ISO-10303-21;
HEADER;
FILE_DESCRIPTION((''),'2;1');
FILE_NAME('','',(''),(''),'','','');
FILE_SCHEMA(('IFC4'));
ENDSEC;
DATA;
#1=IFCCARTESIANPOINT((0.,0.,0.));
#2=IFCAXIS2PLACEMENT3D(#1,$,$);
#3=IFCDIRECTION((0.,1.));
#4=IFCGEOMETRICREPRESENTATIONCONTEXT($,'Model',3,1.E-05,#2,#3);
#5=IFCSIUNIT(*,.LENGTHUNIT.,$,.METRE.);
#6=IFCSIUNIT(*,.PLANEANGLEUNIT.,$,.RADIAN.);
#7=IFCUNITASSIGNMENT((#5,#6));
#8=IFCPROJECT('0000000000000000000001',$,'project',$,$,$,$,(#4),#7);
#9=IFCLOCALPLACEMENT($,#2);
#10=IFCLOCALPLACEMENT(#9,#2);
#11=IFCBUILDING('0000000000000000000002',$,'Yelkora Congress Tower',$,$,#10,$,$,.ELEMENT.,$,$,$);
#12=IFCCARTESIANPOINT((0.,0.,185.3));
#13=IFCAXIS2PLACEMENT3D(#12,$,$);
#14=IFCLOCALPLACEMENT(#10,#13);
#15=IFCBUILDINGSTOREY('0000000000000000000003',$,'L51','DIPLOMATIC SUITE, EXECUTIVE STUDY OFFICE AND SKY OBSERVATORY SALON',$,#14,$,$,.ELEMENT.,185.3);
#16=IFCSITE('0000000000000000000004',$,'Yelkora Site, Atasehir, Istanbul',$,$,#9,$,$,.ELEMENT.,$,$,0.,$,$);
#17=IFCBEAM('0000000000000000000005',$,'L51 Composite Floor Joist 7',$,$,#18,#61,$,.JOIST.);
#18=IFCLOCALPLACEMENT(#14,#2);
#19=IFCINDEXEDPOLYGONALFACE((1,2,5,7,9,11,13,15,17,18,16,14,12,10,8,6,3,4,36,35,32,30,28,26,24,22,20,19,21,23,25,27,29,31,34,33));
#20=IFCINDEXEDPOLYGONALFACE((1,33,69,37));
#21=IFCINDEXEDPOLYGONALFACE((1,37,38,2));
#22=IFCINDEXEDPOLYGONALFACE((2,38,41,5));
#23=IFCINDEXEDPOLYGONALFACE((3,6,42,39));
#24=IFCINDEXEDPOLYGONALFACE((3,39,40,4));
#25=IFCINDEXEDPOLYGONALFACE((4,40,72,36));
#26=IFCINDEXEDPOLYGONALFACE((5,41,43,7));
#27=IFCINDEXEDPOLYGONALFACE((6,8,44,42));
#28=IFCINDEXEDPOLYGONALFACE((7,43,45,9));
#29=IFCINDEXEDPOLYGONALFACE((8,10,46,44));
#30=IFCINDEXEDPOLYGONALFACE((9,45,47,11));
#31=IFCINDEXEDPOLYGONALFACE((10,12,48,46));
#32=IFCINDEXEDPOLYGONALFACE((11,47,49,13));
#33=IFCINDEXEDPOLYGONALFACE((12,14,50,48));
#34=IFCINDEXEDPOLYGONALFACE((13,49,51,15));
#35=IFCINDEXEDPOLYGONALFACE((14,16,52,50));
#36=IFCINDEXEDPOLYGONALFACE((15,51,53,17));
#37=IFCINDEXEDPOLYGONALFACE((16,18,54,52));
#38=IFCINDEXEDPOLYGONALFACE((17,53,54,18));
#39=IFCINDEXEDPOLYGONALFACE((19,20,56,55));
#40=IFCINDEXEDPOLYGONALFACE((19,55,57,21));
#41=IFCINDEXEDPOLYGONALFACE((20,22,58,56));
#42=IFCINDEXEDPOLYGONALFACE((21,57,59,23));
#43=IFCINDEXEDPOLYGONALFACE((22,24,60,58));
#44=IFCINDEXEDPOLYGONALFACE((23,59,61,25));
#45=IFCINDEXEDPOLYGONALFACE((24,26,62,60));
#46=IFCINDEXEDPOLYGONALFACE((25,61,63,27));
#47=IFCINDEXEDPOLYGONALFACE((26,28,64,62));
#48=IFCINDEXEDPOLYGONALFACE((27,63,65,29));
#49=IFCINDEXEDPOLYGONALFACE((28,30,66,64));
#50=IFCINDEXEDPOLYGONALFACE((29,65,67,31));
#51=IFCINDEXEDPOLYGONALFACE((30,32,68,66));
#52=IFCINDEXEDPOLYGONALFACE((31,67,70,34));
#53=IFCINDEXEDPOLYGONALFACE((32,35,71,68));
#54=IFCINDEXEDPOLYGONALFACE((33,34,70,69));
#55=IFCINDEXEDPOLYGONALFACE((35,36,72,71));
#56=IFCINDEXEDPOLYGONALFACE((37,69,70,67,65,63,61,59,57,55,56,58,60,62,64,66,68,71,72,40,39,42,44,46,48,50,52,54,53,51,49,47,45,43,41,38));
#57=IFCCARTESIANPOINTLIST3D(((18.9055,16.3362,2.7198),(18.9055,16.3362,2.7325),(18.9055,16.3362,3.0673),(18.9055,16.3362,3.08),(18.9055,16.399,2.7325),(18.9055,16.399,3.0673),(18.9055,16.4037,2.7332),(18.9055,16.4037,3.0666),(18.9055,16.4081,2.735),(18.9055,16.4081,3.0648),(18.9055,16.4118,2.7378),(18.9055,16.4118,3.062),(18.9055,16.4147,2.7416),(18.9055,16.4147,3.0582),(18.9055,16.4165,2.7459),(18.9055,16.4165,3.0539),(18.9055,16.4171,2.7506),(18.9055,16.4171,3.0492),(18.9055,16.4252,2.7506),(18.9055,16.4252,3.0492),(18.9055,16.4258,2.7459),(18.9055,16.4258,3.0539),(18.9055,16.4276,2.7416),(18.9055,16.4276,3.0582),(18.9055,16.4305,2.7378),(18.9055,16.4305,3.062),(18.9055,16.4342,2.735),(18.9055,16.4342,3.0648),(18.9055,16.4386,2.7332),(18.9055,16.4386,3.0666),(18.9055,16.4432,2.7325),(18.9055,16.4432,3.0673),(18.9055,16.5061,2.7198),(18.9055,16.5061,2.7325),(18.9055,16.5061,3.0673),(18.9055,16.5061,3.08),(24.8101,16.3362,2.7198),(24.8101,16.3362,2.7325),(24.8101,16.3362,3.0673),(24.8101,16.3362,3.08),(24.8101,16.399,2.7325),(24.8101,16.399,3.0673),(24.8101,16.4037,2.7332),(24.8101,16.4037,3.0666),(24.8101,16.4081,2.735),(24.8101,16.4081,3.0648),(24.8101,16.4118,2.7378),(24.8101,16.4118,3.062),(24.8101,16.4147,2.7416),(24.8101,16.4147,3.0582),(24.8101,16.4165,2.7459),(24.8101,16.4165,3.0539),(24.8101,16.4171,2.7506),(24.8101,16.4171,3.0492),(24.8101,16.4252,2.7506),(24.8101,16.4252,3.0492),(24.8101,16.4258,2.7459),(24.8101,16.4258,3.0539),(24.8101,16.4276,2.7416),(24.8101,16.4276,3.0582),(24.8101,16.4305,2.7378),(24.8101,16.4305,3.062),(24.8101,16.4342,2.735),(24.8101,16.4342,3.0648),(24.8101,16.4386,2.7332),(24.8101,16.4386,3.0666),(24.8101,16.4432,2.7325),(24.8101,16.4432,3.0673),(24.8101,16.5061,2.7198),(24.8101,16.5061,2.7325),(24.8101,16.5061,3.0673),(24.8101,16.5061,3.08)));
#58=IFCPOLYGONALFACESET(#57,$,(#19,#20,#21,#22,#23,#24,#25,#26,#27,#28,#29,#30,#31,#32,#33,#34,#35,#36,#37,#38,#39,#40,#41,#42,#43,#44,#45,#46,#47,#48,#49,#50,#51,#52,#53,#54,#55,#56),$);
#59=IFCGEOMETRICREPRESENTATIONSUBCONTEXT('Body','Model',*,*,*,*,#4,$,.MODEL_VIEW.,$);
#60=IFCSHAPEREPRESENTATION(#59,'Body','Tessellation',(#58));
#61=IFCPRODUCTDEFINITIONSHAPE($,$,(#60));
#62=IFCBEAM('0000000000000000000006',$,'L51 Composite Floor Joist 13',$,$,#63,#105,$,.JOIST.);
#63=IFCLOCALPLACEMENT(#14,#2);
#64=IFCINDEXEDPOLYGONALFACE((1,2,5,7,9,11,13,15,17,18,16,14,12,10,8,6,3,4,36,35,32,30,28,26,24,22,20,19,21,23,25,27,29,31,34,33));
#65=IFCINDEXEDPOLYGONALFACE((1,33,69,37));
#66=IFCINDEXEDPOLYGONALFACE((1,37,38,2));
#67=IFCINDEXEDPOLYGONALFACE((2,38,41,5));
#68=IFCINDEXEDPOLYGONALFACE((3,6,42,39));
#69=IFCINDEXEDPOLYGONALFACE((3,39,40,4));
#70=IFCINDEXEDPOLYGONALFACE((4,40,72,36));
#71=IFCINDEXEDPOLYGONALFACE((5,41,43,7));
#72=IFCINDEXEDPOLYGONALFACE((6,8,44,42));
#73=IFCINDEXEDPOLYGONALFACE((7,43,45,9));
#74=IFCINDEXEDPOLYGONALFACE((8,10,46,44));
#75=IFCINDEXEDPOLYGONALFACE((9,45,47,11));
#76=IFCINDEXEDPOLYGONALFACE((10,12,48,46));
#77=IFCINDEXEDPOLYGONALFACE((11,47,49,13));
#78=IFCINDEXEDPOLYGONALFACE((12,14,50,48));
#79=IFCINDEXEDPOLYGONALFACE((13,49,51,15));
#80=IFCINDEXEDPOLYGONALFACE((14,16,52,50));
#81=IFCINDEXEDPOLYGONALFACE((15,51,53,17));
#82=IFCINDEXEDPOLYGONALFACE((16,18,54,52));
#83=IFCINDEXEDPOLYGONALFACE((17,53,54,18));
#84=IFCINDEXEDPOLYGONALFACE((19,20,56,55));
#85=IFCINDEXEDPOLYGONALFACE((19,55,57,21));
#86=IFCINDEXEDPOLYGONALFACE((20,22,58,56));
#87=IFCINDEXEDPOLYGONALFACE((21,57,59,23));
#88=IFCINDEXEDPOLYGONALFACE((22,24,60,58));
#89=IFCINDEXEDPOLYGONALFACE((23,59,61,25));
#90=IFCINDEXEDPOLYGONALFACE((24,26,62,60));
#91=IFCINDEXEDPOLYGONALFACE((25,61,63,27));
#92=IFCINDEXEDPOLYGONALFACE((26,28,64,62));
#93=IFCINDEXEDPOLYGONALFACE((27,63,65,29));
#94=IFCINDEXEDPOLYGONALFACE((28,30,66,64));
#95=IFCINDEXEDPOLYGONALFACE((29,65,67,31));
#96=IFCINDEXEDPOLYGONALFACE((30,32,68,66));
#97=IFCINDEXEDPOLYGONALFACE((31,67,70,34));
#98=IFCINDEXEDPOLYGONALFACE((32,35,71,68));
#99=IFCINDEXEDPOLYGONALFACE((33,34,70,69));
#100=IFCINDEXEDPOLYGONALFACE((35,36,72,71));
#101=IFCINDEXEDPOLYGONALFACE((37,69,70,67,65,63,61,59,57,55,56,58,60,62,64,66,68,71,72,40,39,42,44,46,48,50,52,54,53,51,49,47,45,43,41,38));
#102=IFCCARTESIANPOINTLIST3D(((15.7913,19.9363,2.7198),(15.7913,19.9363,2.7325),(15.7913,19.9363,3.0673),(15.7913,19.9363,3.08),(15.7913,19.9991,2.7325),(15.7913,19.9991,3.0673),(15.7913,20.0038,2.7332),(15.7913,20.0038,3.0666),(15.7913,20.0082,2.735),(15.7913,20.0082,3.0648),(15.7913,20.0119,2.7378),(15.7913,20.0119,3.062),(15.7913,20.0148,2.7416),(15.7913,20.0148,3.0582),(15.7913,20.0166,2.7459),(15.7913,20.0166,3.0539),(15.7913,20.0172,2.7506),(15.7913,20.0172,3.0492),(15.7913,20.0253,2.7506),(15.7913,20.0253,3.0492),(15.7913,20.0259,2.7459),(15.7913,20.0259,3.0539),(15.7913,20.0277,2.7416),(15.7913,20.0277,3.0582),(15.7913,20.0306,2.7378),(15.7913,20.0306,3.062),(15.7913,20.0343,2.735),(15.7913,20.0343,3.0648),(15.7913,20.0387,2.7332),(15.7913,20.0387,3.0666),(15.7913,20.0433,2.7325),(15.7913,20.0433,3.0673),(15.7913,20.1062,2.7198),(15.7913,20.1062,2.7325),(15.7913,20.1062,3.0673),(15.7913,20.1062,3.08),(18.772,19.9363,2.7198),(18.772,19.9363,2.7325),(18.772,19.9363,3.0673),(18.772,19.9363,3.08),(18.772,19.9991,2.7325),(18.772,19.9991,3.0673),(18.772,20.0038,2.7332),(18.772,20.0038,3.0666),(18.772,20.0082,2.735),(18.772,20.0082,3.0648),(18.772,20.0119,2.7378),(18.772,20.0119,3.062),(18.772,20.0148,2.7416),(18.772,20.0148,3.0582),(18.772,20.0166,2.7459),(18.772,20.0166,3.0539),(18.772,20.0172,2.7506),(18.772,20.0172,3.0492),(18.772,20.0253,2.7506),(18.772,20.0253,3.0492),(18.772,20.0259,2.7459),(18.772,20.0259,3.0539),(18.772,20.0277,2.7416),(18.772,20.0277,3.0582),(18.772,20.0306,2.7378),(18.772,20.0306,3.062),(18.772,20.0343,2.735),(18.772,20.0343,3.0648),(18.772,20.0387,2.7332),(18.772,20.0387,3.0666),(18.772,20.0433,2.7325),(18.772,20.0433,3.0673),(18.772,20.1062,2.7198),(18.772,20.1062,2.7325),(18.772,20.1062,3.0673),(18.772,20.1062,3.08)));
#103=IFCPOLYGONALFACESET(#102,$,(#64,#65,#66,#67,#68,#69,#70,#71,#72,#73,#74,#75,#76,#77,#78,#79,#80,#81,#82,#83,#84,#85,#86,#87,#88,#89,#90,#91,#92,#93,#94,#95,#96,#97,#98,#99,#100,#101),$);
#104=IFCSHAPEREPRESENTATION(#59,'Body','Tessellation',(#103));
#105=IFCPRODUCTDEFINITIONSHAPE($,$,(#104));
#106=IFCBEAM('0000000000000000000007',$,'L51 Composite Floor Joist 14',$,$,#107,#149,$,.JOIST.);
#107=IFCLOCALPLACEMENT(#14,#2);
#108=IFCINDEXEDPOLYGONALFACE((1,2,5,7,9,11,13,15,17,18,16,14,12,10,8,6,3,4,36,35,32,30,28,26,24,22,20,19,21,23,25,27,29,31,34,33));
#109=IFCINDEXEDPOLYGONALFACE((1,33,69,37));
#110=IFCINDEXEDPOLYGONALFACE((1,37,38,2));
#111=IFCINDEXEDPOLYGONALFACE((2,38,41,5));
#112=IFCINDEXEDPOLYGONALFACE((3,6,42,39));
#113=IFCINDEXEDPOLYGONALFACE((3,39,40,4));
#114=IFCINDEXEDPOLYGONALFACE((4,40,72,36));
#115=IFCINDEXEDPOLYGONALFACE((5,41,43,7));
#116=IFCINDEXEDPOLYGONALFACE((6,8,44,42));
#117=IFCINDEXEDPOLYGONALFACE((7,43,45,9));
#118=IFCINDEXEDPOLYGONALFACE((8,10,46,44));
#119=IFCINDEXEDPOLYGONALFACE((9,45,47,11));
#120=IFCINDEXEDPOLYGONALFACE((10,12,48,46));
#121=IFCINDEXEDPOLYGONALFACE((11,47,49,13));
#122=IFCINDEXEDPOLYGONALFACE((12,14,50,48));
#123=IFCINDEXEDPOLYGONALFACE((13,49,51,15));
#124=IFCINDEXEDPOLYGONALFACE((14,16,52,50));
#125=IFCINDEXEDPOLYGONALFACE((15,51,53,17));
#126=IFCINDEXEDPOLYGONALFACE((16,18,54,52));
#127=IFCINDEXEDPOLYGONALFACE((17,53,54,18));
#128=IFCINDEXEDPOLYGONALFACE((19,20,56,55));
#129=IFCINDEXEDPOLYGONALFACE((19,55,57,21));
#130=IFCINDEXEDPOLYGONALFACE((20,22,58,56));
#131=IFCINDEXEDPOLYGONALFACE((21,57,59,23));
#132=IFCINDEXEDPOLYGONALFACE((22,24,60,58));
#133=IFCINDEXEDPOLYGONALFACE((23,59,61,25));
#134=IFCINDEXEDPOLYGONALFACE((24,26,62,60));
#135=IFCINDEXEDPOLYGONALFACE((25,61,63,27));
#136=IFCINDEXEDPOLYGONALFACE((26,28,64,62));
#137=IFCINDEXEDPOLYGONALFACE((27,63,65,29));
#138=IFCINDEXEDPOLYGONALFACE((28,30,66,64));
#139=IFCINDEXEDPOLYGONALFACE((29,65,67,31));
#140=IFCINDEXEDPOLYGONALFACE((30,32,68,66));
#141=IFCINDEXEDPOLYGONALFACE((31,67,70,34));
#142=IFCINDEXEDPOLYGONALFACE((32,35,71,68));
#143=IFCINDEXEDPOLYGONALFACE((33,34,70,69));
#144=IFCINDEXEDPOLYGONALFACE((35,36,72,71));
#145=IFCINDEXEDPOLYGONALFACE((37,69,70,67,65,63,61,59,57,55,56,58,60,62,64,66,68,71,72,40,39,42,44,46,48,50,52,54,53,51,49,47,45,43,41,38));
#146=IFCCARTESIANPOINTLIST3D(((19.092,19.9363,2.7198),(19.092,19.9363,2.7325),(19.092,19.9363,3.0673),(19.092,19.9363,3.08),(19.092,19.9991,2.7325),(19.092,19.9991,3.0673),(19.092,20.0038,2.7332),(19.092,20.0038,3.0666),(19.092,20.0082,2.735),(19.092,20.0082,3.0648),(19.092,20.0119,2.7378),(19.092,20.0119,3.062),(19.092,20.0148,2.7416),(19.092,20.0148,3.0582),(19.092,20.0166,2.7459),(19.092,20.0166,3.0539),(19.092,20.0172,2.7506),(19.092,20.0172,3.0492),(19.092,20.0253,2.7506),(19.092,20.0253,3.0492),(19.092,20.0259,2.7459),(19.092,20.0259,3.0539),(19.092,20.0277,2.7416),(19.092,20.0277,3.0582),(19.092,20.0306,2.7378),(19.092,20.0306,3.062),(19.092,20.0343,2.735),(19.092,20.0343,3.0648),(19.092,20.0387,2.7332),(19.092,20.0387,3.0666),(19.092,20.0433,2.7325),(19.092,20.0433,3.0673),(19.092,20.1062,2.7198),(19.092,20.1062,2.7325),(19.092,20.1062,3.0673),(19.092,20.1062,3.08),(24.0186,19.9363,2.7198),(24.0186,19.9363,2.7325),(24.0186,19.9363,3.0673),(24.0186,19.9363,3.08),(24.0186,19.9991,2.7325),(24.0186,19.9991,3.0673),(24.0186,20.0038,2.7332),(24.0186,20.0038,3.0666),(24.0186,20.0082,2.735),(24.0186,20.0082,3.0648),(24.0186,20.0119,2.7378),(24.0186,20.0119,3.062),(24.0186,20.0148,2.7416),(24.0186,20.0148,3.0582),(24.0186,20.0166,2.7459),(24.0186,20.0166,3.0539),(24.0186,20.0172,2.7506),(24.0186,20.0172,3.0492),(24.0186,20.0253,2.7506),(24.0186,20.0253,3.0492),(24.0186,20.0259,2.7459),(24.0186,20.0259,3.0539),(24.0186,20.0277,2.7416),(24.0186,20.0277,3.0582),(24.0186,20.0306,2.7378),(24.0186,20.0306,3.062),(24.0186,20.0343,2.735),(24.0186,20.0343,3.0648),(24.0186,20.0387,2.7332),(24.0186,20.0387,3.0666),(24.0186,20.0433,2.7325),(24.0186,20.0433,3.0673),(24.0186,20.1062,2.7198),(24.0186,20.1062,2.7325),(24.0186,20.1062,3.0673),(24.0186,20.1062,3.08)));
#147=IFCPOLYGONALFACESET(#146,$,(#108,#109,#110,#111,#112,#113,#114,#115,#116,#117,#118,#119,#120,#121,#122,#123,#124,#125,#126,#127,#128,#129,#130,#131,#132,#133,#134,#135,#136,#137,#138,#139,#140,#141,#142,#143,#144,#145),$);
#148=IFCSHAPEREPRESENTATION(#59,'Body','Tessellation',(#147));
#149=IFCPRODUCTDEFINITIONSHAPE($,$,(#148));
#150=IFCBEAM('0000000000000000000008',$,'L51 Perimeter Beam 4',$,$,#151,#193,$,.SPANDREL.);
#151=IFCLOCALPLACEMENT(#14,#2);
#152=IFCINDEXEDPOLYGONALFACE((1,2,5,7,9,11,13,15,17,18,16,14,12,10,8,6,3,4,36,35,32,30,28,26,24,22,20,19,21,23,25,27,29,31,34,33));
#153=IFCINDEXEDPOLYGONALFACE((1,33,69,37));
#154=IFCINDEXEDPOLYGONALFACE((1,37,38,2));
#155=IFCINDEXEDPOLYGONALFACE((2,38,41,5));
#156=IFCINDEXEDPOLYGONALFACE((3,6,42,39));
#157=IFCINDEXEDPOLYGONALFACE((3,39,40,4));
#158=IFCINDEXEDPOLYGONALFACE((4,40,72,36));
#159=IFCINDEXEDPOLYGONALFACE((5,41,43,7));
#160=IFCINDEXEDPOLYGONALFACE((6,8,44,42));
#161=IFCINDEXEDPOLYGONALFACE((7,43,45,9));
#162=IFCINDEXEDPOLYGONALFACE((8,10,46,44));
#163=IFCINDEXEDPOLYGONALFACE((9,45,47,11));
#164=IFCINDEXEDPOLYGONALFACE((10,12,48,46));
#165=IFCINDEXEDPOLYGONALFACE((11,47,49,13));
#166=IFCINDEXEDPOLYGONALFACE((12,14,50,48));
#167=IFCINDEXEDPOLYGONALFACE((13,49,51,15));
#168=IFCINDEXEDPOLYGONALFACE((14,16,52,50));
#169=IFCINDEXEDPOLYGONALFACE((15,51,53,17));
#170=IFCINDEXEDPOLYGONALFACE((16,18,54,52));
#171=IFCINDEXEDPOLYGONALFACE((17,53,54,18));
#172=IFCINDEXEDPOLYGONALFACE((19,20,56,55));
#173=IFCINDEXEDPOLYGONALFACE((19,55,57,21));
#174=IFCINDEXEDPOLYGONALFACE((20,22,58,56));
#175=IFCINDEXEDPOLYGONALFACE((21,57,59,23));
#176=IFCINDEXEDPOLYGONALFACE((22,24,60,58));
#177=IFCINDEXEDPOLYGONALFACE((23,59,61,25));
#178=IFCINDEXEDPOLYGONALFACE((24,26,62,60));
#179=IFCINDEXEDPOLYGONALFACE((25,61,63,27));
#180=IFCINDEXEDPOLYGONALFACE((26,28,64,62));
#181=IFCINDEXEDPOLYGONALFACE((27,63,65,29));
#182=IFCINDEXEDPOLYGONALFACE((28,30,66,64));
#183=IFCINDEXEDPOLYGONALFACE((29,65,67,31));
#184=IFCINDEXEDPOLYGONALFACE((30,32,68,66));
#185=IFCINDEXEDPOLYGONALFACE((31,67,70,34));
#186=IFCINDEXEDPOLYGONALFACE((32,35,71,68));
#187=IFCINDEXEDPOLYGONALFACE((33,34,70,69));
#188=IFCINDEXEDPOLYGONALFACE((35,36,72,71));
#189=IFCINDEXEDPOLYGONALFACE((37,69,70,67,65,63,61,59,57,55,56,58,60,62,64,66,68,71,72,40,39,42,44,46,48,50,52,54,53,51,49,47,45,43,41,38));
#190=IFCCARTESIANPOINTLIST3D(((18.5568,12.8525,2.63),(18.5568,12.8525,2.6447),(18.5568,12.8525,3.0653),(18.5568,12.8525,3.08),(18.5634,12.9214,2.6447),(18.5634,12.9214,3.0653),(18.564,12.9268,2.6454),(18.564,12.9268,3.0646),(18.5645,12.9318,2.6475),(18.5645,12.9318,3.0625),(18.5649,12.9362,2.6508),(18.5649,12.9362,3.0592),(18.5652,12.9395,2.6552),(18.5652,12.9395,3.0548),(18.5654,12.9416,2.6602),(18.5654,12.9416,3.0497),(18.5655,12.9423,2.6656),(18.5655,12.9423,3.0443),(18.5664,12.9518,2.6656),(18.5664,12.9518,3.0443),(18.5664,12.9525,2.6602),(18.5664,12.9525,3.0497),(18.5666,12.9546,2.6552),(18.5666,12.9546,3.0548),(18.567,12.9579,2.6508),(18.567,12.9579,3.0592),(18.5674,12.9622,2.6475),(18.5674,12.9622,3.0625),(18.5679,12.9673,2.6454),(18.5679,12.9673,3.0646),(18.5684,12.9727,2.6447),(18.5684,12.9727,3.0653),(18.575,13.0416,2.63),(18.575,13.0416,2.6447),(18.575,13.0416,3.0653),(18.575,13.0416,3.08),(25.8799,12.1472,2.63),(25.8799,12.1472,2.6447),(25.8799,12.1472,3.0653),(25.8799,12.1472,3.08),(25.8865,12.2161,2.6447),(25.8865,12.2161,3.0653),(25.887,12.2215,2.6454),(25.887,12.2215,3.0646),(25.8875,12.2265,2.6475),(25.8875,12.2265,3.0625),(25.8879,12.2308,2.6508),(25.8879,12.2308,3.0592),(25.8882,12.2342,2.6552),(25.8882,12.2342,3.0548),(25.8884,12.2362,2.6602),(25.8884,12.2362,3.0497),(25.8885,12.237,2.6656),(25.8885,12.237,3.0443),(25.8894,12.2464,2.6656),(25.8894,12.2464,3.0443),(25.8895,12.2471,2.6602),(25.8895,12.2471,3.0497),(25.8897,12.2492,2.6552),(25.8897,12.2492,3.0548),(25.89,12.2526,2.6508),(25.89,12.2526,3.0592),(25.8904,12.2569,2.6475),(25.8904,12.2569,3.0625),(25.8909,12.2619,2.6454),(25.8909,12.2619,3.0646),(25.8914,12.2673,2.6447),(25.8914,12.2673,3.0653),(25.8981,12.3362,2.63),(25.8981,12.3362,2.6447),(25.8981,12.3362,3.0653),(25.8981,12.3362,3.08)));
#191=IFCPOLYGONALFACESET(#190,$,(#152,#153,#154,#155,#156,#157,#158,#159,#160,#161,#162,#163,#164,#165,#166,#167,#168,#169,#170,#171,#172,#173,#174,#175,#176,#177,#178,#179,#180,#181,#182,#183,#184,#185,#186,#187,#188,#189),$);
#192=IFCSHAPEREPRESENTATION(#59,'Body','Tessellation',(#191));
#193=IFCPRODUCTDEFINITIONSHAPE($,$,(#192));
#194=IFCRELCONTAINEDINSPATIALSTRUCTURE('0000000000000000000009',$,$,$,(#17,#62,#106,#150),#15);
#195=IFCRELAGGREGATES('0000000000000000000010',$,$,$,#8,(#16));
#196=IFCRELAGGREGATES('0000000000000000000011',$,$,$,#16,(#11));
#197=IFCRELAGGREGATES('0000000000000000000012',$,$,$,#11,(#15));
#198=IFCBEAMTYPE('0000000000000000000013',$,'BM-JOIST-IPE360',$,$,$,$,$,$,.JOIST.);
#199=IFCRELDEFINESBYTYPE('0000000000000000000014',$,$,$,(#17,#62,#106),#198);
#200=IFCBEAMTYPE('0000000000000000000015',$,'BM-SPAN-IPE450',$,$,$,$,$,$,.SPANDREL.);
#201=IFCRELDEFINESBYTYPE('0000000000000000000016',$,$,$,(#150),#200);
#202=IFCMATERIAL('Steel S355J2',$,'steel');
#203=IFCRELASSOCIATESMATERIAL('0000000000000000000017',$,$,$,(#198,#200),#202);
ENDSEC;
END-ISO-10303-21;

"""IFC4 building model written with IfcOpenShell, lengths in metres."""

from ifc_helpers import new_model, si_unit, direction, frame, origin, origin_2d, place, context, subcontext, project, spatial, i_section, extrude, material, material_profile, profile_set, type_object, element, save


model = new_model("IFC4")

# Units and contexts
model_context = context("Model", 3, precision=1e-05, world=origin(), true_north=direction((0.0, 1.0)))
body_context = subcontext(model_context, "Body", "Model", "MODEL_VIEW")
ifc_project = project(units=[si_unit("LENGTHUNIT", "METRE"), si_unit("PLANEANGLEUNIT", "RADIAN")], contexts=[model_context])

# Site, building, storey
site_placement = place(None, origin())
site = spatial("IfcSite", under=ifc_project, at=site_placement, Name="Yelkora Site, Atasehir, Istanbul", CompositionType="ELEMENT", RefElevation=0.0)
building_placement = place(site_placement, origin())
building = spatial("IfcBuilding", under=site, at=building_placement, Name="Yelkora Congress Tower", CompositionType="ELEMENT")
storey_placement = place(building_placement, frame((0.0, 0.0, 185.3)))
storey = spatial("IfcBuildingStorey", under=building, at=storey_placement, Name="L51", Description="DIPLOMATIC SUITE, EXECUTIVE STUDY OFFICE AND SKY OBSERVATORY SALON", CompositionType="ELEMENT", Elevation=185.3)

# Beams
ifc_material_1 = material(Name="Steel S355J2", Category="steel")
ifc_material_profile_1 = material_profile(ifc_material_1, i_section(OverallWidth=0.1699, OverallDepth=0.3601, WebThickness=0.0081, FlangeThickness=0.0127, FilletRadius=0.0181, at=origin_2d()), Name="IPE 360")
ifc_profile_set_1 = profile_set([ifc_material_profile_1], Name="Steel S355J2")
beam_type_1 = type_object("IfcBeamType", Name="BM-JOIST-IPE360", PredefinedType="JOIST", material=ifc_profile_set_1)
beam_1_placement = place(storey_placement, frame((18.9055, 16.4211, 2.8999), z_axis=(1.0, 0.0, 0.0), x_axis=(0.0, 1.0, 0.0)))
element("IfcBeam", 1, at=beam_1_placement, inside=storey, type_object=beam_type_1, Name="L51 Composite Floor Joist 7", PredefinedType="JOIST", context=body_context, shape_type="SweptSolid", body=[
    extrude(i_section(OverallWidth=0.1699, OverallDepth=0.3601, WebThickness=0.0081, FlangeThickness=0.0127, FilletRadius=0.0181, at=origin_2d()), origin(), (0.0, 0.0, 1.0), 5.9045),
])
beam_2_placement = place(storey_placement, frame((15.7913, 20.0212, 2.8999), z_axis=(1.0, 0.0, 0.0), x_axis=(0.0, 1.0, 0.0)))
element("IfcBeam", 2, at=beam_2_placement, inside=storey, type_object=beam_type_1, Name="L51 Composite Floor Joist 13", PredefinedType="JOIST", context=body_context, shape_type="SweptSolid", body=[
    extrude(i_section(OverallWidth=0.1699, OverallDepth=0.3601, WebThickness=0.0081, FlangeThickness=0.0127, FilletRadius=0.0181, at=origin_2d()), origin(), (0.0, 0.0, 1.0), 2.9807),
])
beam_3_placement = place(storey_placement, frame((19.092, 20.0212, 2.8999), z_axis=(1.0, 0.0, 0.0), x_axis=(0.0, 1.0, 0.0)))
element("IfcBeam", 3, at=beam_3_placement, inside=storey, type_object=beam_type_1, Name="L51 Composite Floor Joist 14", PredefinedType="JOIST", context=body_context, shape_type="SweptSolid", body=[
    extrude(i_section(OverallWidth=0.1699, OverallDepth=0.3601, WebThickness=0.0081, FlangeThickness=0.0127, FilletRadius=0.0181, at=origin_2d()), origin(), (0.0, 0.0, 1.0), 4.9265),
])
ifc_material_profile_2 = material_profile(ifc_material_1, i_section(OverallWidth=0.1899, OverallDepth=0.45, WebThickness=0.0095, FlangeThickness=0.0146, FilletRadius=0.021, at=origin_2d()), Name="IPE 450")
ifc_profile_set_2 = profile_set([ifc_material_profile_2], Name="Steel S355J2")
beam_type_2 = type_object("IfcBeamType", Name="BM-SPAN-IPE450", PredefinedType="SPANDREL", material=ifc_profile_set_2)
beam_4_placement = place(storey_placement, frame((18.5659, 12.947, 2.855), z_axis=(0.995394, -0.095872, 0.0), x_axis=(0.095872, 0.995394, 0.0)))
element("IfcBeam", 4, at=beam_4_placement, inside=storey, type_object=beam_type_2, Name="L51 Perimeter Beam 4", PredefinedType="SPANDREL", context=body_context, shape_type="SweptSolid", body=[
    extrude(i_section(OverallWidth=0.1899, OverallDepth=0.45, WebThickness=0.0095, FlangeThickness=0.0146, FilletRadius=0.021, at=origin_2d()), origin(), (0.0, 0.0, 1.0), 7.3569),
])

save(model, "model.ifc")
